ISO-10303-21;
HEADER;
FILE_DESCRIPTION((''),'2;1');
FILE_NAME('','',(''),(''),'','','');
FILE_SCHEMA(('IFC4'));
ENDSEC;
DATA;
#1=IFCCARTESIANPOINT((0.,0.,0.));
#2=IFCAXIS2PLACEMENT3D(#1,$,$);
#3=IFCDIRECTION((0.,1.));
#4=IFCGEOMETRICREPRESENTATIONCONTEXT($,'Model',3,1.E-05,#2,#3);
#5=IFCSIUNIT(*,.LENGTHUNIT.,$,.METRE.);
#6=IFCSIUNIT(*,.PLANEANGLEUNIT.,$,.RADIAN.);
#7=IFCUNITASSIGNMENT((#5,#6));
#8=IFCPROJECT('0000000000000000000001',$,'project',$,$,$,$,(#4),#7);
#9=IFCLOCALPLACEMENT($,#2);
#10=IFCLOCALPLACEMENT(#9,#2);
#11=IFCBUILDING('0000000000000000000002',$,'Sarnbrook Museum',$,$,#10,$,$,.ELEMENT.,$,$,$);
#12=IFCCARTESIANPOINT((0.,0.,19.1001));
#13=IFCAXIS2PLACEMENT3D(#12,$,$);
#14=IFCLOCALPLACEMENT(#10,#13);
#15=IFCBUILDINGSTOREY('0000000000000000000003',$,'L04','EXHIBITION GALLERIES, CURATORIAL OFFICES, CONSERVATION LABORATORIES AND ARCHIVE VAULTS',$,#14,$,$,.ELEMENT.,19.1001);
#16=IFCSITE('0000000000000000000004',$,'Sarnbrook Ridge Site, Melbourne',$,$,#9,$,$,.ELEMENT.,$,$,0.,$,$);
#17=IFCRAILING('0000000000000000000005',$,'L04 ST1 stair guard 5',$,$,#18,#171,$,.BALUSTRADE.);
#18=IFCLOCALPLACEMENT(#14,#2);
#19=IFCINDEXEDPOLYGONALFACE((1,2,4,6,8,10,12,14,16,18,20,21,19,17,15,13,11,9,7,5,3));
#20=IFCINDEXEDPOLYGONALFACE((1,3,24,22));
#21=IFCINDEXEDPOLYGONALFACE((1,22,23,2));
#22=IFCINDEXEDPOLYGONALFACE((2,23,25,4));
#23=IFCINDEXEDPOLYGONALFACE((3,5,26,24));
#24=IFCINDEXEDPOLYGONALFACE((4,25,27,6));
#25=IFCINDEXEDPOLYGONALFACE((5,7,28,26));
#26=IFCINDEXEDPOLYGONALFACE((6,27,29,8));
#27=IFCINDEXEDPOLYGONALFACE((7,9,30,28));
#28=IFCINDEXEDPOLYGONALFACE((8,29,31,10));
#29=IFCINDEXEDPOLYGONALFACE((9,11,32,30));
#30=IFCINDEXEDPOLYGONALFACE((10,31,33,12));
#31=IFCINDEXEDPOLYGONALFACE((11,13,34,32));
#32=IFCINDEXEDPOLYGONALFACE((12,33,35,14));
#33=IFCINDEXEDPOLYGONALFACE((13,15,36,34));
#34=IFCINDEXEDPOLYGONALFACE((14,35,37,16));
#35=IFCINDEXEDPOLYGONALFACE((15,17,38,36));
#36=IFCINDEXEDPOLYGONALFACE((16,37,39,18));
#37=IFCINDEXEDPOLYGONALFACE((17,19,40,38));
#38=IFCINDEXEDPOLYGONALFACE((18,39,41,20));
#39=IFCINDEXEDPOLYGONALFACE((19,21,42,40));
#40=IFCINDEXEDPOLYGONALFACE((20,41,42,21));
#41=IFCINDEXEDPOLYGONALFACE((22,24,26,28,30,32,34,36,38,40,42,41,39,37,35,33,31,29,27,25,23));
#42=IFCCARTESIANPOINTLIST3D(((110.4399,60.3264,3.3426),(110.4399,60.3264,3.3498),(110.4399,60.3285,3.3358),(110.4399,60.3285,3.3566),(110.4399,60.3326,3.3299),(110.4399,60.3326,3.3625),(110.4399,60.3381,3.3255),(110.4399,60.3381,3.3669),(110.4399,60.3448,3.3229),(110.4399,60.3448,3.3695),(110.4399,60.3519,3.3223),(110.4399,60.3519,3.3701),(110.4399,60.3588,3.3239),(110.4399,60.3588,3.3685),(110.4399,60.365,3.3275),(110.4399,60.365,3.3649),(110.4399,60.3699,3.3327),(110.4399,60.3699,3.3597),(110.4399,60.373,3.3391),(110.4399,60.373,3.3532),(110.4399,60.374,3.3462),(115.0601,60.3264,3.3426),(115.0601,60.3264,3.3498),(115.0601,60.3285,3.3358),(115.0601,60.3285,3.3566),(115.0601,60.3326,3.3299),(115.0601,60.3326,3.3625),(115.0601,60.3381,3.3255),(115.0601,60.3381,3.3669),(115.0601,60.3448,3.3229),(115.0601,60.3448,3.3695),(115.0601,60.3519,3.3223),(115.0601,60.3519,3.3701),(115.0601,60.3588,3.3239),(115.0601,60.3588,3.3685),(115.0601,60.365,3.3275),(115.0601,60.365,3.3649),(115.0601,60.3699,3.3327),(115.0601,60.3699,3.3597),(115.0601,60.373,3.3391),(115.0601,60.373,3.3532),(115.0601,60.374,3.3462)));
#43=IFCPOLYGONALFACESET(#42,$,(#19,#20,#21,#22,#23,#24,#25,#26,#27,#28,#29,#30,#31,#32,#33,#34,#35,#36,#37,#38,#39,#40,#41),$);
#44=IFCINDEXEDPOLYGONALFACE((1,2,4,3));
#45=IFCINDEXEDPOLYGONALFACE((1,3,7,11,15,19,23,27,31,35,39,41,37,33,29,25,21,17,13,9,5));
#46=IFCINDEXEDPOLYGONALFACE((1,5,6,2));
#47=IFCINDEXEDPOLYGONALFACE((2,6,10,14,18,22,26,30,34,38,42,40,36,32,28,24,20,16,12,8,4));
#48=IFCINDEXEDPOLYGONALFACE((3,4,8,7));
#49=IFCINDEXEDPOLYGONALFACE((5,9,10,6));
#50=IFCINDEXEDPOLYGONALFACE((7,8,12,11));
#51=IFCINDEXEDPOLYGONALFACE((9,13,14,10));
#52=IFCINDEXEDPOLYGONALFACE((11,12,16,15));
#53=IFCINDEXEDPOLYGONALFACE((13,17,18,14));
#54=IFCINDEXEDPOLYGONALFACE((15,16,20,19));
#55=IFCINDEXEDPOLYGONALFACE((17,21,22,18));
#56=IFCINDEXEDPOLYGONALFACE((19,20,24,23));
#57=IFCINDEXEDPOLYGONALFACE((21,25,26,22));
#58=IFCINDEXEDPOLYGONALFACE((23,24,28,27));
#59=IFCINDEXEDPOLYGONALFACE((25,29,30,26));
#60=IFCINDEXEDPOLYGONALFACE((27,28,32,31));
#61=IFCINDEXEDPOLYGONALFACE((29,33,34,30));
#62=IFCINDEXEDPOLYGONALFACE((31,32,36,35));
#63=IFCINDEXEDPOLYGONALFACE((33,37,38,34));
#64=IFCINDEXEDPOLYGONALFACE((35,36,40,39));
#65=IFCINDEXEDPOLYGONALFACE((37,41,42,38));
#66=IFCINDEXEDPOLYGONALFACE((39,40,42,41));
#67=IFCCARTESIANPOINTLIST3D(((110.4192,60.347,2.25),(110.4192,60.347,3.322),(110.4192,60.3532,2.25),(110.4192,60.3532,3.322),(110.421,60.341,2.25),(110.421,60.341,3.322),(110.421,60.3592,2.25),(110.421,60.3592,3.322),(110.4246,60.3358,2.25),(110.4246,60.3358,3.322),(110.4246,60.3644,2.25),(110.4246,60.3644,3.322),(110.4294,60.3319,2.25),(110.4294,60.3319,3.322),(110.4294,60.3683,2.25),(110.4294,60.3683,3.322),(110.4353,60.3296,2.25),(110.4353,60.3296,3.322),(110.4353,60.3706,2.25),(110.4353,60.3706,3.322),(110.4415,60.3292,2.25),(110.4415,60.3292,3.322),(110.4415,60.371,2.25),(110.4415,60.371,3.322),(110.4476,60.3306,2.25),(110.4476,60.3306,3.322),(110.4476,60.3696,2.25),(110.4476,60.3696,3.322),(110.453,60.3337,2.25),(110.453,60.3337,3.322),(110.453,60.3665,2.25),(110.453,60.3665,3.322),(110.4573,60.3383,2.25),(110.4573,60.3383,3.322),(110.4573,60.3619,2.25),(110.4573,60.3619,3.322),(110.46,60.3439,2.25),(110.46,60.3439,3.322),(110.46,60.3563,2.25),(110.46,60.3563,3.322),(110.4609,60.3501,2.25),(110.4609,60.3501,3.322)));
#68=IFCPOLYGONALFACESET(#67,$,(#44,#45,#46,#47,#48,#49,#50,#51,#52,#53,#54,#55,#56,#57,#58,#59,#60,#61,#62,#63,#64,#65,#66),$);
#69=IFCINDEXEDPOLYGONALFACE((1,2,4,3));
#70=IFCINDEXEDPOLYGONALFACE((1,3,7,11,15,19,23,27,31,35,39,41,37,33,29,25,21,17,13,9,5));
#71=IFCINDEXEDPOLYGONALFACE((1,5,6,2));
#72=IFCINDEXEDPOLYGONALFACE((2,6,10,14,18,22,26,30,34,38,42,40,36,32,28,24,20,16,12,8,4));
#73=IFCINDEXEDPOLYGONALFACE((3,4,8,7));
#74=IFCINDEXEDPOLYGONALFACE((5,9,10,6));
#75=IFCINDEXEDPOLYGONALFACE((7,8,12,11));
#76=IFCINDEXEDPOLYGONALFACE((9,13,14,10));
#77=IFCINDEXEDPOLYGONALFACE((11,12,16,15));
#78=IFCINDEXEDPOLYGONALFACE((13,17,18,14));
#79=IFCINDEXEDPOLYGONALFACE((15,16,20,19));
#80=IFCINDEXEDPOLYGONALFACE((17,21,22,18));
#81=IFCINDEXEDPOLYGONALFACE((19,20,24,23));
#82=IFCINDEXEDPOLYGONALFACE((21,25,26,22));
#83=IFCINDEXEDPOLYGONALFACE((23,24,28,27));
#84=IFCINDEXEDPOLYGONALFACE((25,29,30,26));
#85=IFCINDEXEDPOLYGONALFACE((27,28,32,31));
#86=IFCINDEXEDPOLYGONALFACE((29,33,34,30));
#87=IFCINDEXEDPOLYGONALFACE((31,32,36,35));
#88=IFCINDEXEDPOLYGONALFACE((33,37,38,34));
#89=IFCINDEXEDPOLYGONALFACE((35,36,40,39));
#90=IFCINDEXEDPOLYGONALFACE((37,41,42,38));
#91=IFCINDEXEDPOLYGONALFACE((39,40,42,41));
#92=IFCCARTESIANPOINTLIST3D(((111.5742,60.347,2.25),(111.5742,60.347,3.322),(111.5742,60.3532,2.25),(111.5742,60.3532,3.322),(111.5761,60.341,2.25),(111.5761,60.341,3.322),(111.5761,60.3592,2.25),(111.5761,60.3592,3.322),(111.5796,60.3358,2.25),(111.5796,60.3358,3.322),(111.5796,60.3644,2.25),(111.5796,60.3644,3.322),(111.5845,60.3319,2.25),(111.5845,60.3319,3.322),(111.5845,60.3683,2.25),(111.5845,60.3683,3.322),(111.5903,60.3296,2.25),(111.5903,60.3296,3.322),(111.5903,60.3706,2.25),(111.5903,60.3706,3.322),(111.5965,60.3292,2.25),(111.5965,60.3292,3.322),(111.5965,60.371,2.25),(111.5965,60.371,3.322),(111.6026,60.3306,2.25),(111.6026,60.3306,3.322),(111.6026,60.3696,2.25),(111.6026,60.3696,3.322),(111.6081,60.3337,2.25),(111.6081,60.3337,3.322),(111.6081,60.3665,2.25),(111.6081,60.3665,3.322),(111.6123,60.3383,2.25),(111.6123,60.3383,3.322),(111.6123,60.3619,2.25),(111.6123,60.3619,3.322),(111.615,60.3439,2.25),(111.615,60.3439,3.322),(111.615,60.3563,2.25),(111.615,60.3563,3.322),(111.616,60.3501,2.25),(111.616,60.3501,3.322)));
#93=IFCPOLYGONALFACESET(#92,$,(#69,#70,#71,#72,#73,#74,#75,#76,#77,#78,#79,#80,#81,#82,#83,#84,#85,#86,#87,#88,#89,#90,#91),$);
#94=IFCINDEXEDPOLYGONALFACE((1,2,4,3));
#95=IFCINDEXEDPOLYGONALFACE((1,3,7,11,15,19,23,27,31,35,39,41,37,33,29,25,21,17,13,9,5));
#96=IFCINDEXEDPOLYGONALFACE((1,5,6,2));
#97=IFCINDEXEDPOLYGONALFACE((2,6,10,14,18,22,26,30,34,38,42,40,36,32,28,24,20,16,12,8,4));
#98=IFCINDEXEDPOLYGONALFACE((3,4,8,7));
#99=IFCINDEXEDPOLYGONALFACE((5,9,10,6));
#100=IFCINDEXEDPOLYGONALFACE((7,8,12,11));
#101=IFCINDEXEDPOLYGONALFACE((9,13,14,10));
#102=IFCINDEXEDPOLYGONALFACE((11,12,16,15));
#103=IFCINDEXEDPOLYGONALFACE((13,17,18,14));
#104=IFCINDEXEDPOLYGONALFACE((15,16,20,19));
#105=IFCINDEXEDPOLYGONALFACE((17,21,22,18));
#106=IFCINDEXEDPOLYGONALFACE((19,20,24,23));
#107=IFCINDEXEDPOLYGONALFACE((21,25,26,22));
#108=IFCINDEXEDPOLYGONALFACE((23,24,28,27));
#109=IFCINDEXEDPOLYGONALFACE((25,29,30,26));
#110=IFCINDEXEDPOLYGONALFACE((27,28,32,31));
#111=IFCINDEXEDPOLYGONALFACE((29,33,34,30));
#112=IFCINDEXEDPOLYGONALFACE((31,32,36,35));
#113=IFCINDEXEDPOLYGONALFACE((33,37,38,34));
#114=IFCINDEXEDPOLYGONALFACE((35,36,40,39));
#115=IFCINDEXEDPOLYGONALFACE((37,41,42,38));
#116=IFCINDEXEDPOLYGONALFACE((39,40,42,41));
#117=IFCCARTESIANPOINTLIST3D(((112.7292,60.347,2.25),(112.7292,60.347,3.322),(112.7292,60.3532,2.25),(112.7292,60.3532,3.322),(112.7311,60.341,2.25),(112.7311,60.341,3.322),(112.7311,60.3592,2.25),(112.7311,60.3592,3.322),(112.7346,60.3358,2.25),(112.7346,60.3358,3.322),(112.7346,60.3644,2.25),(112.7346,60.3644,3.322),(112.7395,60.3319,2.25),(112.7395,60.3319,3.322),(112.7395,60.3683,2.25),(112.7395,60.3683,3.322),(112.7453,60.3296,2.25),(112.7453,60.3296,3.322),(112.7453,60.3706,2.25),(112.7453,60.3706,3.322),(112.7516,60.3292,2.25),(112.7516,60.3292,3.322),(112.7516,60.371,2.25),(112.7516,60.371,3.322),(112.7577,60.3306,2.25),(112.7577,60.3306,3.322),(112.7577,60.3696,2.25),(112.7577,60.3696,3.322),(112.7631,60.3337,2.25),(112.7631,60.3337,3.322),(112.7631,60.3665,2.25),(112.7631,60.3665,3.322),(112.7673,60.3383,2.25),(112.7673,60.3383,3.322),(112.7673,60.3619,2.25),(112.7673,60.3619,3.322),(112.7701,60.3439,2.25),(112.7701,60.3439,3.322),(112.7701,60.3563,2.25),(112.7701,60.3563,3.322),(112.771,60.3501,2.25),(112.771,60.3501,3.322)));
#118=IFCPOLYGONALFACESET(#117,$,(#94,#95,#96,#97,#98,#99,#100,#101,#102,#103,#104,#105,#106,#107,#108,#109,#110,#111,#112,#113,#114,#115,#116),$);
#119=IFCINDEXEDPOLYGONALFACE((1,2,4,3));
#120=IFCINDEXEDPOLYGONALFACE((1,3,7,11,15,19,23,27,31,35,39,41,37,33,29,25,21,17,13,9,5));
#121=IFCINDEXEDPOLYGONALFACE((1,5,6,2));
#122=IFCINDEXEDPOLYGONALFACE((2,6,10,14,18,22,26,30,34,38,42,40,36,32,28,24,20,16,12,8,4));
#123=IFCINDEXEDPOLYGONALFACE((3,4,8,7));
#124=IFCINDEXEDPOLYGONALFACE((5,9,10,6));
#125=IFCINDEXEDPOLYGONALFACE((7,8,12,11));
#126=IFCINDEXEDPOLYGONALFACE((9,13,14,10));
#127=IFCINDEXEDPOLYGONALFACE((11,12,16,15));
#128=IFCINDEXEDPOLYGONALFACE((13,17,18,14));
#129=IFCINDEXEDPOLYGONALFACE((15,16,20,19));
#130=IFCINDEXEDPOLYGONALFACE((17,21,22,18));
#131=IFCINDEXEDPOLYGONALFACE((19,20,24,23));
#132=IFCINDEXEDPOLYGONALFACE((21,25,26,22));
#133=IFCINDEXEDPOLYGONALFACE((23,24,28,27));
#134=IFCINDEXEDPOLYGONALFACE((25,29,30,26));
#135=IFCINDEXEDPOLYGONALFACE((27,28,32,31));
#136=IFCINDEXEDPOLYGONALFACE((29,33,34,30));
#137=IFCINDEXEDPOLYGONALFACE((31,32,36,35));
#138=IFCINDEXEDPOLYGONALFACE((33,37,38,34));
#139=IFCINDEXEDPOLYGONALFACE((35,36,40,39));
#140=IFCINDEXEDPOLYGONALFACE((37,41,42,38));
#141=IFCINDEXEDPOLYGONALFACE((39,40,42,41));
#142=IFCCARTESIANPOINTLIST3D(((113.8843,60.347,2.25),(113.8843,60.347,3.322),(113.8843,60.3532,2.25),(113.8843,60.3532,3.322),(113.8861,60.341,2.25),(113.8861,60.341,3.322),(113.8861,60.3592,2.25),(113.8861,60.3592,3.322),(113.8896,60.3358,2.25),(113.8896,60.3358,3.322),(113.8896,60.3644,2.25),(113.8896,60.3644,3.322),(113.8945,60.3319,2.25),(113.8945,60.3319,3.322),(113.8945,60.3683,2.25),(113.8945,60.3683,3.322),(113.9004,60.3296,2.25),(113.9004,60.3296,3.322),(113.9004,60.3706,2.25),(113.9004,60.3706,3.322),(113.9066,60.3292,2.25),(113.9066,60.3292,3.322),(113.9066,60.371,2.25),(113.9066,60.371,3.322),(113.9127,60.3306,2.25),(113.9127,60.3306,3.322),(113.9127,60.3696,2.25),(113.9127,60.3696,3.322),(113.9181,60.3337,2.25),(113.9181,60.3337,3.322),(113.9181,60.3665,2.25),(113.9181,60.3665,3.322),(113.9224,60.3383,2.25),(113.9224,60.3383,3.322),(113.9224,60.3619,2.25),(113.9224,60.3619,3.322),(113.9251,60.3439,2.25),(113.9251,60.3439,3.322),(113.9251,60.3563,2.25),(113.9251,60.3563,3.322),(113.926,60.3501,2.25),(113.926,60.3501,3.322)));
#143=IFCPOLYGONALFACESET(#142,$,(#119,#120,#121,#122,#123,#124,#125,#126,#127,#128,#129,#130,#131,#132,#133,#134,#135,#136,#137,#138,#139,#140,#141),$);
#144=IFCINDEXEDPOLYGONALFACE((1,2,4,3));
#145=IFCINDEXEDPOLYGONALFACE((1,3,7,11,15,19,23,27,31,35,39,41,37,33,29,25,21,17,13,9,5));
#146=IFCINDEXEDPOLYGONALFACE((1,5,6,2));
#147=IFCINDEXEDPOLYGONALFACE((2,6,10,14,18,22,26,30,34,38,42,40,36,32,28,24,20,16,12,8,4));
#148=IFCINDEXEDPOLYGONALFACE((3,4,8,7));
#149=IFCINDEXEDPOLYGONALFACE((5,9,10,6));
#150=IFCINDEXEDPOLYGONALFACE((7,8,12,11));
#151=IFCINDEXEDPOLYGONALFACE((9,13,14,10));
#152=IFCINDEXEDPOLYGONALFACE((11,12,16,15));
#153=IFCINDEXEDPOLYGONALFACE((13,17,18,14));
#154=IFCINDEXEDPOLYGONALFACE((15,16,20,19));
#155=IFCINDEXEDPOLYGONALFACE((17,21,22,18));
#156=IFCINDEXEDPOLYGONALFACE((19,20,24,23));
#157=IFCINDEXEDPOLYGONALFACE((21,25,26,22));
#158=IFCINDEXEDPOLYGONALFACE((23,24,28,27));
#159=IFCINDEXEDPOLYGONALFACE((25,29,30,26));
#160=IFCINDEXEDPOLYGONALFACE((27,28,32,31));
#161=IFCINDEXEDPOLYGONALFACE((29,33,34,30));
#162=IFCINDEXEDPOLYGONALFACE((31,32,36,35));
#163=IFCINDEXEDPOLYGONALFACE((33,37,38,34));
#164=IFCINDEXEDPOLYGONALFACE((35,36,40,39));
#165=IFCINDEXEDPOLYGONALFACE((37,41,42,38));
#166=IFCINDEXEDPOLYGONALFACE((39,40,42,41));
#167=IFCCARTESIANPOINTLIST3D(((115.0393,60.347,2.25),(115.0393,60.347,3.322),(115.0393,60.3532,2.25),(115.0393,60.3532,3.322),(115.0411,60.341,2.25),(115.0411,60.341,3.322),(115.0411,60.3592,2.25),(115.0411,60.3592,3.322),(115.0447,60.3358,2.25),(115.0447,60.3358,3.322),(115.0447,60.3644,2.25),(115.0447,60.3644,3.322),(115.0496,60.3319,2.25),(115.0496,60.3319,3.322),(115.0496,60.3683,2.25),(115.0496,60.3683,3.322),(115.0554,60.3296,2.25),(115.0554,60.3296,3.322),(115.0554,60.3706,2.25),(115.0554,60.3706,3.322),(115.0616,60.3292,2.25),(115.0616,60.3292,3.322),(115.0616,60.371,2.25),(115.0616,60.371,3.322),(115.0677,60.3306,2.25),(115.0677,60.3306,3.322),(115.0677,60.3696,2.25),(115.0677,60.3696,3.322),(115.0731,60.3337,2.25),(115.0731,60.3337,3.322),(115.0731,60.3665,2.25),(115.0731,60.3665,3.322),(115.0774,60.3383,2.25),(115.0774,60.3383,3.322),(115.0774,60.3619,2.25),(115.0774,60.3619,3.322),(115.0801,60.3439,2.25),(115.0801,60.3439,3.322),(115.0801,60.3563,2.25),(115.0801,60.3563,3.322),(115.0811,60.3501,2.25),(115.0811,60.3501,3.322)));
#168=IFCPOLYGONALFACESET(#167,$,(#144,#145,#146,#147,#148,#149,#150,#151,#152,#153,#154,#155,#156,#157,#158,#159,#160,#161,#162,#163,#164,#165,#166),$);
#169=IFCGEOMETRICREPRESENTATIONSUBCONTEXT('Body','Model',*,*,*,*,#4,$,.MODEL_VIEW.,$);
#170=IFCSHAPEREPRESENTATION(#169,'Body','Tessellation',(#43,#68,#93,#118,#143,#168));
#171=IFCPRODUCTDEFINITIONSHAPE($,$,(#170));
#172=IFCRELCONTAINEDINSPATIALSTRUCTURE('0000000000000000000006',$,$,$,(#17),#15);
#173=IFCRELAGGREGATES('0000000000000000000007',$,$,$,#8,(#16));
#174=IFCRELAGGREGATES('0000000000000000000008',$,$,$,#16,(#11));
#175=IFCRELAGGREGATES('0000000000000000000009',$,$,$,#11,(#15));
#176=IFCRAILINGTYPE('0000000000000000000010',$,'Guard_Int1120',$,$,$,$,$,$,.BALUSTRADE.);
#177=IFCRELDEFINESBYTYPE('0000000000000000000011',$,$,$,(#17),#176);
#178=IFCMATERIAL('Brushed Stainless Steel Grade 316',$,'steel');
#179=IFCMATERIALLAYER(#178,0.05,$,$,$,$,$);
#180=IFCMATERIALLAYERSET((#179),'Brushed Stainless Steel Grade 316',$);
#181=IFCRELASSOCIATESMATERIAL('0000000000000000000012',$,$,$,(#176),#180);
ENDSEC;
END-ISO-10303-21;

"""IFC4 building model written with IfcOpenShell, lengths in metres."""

from ifc_helpers import new_model, si_unit, direction, frame, origin, origin_2d, place, context, subcontext, project, spatial, circle, extrude, material, layer, layer_set, type_object, element, save


model = new_model("IFC4")

# Units and contexts
model_context = context("Model", 3, precision=1e-05, world=origin(), true_north=direction((0.0, 1.0)))
body_context = subcontext(model_context, "Body", "Model", "MODEL_VIEW")
ifc_project = project(units=[si_unit("LENGTHUNIT", "METRE"), si_unit("PLANEANGLEUNIT", "RADIAN")], contexts=[model_context])

# Site, building, storey
site_placement = place(None, origin())
site = spatial("IfcSite", under=ifc_project, at=site_placement, Name="Sarnbrook Ridge Site, Melbourne", CompositionType="ELEMENT", RefElevation=0.0)
building_placement = place(site_placement, origin())
building = spatial("IfcBuilding", under=site, at=building_placement, Name="Sarnbrook Museum", CompositionType="ELEMENT")
storey_placement = place(building_placement, frame((0.0, 0.0, 19.1001)))
storey = spatial("IfcBuildingStorey", under=building, at=storey_placement, Name="L04", Description="EXHIBITION GALLERIES, CURATORIAL OFFICES, CONSERVATION LABORATORIES AND ARCHIVE VAULTS", CompositionType="ELEMENT", Elevation=19.1001)

# Railing
ifc_material_1 = material(Name="Brushed Stainless Steel Grade 316", Category="steel")
ifc_layer_1 = layer(ifc_material_1, 0.05)
ifc_layer_set_1 = layer_set([ifc_layer_1], Name="Brushed Stainless Steel Grade 316")
railing_type_1 = type_object("IfcRailingType", Name="Guard_Int1120", PredefinedType="BALUSTRADE", material=ifc_layer_set_1)
railing_1_placement = place(storey_placement, frame((110.4399, 60.3501, 2.25)))
element("IfcRailing", 1, at=railing_1_placement, inside=storey, type_object=railing_type_1, Name="L04 ST1 stair guard 5", PredefinedType="BALUSTRADE", context=body_context, shape_type="SweptSolid", body=[
    extrude(circle(Radius=0.0239, at=origin_2d()), frame((0.0, 0.0, 1.0962), z_axis=(1.0, 0.0, 0.0), x_axis=(0.0, 1.0, 0.0)), (0.0, 0.0, 1.0), 4.6201),
    extrude(circle(Radius=0.021, at=origin_2d()), origin(), (0.0, 0.0, 1.0), 1.072),
    extrude(circle(Radius=0.021, at=origin_2d()), frame((1.155, 0.0, 0.0)), (0.0, 0.0, 1.0), 1.072),
    extrude(circle(Radius=0.021, at=origin_2d()), frame((2.3101, 0.0, 0.0)), (0.0, 0.0, 1.0), 1.072),
    extrude(circle(Radius=0.021, at=origin_2d()), frame((3.4651, 0.0, 0.0)), (0.0, 0.0, 1.0), 1.072),
    extrude(circle(Radius=0.021, at=origin_2d()), frame((4.6201, 0.0, 0.0)), (0.0, 0.0, 1.0), 1.072),
])

save(model, "model.ifc")
